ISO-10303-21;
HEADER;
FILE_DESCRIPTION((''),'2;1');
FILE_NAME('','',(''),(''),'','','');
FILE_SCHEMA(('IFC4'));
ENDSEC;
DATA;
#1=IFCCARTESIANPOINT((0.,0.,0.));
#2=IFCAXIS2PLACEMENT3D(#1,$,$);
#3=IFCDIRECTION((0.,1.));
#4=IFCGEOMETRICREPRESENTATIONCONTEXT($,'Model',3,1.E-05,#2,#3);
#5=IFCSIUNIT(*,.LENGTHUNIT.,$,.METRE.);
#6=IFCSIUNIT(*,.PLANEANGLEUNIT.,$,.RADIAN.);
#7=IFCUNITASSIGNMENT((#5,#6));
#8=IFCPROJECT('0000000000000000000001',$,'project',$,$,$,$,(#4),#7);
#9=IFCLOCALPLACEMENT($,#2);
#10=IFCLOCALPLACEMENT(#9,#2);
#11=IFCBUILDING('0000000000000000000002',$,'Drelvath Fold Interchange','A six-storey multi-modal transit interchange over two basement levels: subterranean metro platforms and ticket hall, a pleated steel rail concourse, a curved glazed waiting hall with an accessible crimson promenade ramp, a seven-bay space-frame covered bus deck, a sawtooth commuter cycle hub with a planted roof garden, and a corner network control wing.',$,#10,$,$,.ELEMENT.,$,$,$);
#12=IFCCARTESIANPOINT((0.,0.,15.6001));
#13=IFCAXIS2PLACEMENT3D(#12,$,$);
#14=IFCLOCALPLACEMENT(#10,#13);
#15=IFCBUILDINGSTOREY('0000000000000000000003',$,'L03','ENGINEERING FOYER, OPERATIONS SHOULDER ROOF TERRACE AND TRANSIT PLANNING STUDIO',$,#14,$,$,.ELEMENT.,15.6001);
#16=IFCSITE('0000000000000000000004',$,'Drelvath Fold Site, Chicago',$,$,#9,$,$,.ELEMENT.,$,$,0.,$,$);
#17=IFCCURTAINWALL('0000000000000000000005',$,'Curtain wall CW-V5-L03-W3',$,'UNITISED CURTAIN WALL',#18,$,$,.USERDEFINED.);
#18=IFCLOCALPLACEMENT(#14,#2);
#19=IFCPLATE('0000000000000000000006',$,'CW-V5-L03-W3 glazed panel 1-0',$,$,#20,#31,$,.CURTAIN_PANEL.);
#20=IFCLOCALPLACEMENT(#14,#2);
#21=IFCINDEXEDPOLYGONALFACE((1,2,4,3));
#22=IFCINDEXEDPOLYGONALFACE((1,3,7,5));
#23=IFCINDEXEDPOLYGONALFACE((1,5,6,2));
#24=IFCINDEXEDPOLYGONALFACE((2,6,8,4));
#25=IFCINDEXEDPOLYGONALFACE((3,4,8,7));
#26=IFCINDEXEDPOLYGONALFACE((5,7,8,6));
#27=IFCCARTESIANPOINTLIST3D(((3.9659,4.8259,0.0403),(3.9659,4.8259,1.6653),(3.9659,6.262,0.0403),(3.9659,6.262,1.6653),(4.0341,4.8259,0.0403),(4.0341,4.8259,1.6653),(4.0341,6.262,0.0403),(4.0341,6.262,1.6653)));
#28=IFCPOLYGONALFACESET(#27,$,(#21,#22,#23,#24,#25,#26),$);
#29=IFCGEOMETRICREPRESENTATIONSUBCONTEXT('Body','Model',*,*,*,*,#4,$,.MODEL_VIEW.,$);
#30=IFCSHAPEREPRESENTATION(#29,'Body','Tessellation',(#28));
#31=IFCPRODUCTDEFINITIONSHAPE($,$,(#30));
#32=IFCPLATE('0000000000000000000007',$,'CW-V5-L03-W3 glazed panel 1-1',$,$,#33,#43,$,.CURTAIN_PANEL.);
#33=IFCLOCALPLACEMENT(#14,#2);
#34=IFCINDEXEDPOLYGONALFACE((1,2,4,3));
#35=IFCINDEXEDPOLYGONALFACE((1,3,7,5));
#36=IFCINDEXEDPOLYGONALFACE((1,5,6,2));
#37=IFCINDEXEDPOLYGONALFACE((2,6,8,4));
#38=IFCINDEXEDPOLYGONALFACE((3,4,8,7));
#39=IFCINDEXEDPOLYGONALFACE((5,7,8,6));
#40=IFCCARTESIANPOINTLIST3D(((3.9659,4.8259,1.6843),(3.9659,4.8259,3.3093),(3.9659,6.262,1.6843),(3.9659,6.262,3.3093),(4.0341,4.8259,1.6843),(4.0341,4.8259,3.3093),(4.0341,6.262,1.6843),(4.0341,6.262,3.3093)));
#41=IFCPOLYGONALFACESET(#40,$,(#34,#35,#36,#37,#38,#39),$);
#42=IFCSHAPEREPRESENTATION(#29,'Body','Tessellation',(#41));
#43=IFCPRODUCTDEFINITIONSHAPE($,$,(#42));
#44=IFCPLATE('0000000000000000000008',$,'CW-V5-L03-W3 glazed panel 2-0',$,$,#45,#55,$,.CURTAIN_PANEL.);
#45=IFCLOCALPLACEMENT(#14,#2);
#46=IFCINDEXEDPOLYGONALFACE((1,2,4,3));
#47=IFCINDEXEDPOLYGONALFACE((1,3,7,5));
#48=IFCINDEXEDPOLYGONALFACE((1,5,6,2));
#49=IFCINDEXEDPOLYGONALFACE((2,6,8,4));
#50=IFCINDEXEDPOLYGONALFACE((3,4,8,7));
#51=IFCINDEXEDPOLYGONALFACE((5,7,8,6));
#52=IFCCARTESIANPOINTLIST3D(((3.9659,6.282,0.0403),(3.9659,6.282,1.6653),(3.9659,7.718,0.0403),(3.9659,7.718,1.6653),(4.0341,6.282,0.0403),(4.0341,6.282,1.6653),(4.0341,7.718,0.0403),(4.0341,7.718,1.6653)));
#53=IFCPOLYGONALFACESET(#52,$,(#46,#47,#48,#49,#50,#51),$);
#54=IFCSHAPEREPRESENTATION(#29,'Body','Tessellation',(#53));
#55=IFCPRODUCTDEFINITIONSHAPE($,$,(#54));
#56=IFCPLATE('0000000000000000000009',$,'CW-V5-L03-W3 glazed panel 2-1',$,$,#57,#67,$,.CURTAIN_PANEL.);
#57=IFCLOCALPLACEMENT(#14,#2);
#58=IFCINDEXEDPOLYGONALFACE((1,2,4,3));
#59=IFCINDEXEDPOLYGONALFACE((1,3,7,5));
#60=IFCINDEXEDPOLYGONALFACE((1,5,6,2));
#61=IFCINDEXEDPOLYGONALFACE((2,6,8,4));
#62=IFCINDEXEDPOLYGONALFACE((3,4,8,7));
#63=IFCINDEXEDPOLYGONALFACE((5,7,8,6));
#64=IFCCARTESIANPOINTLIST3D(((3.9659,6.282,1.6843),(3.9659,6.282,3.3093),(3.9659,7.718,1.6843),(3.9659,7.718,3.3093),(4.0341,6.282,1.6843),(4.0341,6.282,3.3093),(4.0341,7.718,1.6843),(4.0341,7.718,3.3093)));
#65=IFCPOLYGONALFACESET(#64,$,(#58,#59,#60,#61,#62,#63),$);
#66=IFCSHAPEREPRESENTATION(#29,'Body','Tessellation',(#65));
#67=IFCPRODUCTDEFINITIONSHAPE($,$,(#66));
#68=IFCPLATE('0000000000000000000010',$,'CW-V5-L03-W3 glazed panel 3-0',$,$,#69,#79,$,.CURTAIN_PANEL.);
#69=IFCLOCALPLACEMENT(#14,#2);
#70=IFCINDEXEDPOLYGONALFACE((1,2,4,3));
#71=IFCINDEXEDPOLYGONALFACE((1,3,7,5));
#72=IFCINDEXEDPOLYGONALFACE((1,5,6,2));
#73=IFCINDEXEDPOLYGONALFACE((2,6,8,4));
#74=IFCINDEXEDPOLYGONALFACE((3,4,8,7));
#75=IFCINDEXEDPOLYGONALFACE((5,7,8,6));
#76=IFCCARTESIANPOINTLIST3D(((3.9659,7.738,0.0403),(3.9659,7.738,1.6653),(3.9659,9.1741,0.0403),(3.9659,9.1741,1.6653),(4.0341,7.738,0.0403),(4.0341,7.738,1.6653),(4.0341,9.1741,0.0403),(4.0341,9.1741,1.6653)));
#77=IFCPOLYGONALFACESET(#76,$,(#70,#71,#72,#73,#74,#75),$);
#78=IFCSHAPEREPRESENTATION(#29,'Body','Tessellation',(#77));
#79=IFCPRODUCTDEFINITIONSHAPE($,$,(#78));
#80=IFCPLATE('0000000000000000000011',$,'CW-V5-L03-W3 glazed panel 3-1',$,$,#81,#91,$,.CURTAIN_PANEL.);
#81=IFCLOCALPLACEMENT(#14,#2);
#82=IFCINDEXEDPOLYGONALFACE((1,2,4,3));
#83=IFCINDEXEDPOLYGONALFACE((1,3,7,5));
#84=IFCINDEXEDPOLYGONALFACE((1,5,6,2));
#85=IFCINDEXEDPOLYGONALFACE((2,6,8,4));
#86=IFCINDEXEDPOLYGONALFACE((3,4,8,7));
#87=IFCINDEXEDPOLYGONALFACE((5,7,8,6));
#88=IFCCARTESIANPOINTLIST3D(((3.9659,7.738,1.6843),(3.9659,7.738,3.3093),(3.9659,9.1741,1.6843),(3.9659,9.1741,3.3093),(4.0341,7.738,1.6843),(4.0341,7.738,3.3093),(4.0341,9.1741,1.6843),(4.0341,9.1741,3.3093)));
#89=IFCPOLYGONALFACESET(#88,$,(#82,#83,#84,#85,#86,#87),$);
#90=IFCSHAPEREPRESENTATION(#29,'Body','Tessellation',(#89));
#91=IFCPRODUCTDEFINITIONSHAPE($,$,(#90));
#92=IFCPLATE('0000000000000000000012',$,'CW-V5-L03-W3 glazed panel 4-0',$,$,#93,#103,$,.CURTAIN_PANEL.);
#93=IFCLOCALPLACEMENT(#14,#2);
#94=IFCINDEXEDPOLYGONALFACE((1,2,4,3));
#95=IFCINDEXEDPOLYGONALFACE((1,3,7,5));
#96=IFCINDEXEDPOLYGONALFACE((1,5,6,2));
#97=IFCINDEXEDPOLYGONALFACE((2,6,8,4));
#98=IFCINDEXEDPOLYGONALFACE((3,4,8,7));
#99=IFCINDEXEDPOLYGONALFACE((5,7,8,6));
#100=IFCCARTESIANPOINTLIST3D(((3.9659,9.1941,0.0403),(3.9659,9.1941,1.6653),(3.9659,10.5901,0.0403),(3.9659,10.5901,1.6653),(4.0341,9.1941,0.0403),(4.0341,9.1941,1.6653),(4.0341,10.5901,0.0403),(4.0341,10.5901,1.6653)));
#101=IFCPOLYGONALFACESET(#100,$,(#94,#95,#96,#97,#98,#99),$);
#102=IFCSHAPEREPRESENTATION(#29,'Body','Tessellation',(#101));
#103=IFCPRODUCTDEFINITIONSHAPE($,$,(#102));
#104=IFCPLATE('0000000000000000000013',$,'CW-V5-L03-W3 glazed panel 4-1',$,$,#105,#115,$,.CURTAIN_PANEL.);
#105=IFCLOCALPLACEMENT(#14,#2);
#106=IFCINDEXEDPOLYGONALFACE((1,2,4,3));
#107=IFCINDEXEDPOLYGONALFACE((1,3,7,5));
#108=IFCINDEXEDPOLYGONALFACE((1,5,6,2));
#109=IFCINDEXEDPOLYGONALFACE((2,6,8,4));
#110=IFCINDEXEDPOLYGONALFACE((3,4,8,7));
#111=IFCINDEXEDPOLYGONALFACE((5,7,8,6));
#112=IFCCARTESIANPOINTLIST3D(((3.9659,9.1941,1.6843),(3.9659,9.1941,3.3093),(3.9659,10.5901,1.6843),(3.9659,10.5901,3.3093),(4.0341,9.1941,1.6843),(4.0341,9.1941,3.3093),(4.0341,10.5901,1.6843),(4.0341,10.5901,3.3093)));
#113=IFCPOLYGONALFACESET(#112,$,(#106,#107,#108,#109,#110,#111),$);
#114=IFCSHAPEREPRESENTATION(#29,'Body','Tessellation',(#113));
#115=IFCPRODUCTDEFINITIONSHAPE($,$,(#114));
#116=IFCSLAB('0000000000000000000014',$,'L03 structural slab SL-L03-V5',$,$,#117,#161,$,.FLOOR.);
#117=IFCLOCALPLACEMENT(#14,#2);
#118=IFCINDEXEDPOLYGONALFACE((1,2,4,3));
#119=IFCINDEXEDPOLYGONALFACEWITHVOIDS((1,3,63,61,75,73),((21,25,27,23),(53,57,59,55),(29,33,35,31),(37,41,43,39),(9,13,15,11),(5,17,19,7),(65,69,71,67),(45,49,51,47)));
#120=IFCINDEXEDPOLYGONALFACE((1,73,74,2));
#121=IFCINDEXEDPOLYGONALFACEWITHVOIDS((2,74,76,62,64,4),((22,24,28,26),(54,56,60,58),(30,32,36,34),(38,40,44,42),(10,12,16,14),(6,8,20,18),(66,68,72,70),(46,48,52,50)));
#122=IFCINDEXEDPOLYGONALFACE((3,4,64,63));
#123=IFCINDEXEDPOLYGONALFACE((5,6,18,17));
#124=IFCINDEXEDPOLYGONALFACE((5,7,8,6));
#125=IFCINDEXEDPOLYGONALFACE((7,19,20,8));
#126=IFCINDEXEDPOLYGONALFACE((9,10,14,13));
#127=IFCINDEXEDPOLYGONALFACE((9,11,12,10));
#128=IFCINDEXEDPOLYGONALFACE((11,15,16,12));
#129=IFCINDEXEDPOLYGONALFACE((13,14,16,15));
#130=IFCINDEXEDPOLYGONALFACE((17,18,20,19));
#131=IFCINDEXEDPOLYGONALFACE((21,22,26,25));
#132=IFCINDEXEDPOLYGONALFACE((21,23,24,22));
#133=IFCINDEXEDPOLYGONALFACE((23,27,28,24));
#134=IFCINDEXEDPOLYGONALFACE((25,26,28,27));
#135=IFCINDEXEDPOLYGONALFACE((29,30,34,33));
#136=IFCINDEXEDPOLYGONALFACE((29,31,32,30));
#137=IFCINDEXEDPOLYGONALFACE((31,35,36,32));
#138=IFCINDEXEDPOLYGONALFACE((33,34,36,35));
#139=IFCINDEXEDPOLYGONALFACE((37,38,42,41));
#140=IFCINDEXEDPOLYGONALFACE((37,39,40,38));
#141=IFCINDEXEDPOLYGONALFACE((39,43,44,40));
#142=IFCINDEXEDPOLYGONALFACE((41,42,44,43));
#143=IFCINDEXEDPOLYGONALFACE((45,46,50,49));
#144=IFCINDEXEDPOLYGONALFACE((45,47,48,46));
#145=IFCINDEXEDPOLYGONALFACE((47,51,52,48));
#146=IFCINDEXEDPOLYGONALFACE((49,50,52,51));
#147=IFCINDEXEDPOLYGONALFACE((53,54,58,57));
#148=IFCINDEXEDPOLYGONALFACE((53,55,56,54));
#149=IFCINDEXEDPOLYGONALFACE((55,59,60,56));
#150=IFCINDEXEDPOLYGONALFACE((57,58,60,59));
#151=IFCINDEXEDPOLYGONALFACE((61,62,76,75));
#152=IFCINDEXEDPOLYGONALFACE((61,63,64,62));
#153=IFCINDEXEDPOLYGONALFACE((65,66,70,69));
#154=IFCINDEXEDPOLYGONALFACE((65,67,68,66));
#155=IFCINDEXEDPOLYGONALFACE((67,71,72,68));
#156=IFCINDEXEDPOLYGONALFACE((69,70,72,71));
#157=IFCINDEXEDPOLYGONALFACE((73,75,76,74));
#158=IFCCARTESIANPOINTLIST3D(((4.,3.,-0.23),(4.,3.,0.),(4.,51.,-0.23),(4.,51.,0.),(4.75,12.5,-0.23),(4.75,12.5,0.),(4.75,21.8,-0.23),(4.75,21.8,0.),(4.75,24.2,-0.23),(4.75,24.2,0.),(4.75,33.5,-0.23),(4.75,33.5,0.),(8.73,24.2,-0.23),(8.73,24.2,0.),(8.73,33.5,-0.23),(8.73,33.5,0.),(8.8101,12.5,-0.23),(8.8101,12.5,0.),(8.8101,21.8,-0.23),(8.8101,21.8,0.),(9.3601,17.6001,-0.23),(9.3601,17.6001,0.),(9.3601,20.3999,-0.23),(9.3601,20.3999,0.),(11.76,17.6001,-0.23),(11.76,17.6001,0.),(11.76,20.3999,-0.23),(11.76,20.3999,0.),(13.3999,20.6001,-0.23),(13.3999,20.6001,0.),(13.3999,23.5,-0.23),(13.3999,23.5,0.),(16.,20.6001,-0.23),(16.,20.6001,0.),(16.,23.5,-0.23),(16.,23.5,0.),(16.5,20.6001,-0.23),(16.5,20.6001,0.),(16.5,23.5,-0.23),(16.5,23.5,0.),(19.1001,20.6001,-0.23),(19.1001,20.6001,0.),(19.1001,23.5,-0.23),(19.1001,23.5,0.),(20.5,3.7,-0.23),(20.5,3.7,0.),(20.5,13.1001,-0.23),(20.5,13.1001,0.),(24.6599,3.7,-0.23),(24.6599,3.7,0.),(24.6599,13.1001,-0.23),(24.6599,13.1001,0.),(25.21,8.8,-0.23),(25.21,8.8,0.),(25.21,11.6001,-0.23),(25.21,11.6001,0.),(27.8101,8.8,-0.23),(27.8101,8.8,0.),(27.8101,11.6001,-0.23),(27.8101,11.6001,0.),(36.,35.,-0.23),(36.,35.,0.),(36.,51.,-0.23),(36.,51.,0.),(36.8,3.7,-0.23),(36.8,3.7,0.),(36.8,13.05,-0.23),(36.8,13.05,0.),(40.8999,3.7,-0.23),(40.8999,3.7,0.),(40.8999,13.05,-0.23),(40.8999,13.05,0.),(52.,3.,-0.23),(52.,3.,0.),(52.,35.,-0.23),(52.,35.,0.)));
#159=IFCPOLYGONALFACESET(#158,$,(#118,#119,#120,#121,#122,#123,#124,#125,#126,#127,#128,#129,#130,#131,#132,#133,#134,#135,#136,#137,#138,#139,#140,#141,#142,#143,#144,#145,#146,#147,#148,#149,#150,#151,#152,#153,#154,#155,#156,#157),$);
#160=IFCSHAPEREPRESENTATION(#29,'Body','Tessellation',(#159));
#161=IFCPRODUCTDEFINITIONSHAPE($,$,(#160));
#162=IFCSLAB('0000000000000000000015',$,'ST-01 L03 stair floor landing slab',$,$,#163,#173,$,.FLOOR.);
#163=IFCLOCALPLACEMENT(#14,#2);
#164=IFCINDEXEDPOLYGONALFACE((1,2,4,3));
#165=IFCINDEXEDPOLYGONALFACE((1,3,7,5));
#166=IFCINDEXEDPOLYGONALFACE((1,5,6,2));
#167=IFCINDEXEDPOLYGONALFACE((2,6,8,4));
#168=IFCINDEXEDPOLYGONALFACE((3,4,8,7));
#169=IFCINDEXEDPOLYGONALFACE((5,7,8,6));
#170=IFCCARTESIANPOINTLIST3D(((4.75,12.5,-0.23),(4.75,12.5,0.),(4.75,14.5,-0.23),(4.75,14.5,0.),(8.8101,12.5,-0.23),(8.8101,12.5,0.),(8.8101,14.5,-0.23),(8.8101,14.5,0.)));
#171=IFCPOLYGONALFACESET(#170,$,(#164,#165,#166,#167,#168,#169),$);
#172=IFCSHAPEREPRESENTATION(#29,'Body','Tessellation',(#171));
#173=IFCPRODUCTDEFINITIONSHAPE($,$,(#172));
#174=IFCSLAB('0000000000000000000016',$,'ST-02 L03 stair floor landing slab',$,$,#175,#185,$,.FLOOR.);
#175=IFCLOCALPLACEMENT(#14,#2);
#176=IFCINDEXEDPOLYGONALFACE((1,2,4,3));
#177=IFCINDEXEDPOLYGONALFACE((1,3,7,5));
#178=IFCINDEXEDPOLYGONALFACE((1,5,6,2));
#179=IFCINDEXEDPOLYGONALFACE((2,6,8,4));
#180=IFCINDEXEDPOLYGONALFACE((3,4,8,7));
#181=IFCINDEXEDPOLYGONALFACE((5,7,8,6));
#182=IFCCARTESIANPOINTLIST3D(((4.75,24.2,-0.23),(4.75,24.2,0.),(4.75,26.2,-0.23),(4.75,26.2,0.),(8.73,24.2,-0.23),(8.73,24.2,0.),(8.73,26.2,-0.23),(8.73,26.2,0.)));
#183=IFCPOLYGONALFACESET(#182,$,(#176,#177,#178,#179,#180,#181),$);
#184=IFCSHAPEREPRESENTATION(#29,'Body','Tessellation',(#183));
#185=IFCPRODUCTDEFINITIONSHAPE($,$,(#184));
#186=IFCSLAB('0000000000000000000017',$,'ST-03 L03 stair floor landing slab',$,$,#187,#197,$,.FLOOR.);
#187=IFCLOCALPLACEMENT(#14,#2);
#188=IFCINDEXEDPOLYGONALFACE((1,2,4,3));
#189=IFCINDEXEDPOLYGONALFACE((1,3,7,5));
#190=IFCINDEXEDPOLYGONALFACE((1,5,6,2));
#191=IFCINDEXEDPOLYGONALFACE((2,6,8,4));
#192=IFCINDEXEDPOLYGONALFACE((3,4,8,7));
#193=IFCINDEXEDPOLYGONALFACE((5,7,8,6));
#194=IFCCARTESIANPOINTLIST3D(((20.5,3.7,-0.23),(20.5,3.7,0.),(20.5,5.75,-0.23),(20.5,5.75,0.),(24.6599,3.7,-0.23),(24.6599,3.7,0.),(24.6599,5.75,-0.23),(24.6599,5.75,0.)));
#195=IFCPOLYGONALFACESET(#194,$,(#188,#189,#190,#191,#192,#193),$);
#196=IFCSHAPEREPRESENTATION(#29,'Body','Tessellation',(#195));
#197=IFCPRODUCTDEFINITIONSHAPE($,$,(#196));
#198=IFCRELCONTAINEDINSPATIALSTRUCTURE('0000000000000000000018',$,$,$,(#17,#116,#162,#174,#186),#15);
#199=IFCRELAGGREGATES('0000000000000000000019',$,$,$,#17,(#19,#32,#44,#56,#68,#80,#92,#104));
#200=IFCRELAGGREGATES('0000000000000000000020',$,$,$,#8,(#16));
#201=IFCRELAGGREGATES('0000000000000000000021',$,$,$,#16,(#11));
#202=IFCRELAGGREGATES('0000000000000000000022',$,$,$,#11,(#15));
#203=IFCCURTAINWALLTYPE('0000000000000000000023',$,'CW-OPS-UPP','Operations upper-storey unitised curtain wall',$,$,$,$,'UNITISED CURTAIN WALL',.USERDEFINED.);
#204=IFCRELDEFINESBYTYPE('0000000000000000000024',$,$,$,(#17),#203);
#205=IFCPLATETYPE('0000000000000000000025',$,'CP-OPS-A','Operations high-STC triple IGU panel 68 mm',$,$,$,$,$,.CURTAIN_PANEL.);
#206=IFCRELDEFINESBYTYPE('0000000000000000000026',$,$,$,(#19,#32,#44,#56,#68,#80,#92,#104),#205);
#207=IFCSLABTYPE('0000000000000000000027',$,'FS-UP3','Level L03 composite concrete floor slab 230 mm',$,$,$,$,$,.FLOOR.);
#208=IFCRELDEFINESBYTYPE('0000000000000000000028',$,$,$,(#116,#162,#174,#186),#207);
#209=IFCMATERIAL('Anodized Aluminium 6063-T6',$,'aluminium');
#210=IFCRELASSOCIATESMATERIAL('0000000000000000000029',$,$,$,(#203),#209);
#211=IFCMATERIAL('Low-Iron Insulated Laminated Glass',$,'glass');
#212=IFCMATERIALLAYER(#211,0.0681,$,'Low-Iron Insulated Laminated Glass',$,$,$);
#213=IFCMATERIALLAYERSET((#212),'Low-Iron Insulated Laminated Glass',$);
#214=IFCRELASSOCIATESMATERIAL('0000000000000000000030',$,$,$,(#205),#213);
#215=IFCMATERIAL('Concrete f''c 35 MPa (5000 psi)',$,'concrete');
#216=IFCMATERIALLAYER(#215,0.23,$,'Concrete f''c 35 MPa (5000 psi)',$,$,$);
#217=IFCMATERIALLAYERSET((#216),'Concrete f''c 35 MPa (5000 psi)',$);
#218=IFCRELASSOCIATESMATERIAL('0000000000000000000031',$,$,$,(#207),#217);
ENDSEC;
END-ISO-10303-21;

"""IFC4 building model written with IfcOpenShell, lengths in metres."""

from ifc_helpers import new_model, si_unit, direction, frame, origin, origin_2d, place, context, subcontext, project, spatial, polyline, rectangle, outline, extrude, material, layer, layer_set, type_object, element, aggregate, save


model = new_model("IFC4")

# Units and contexts
model_context = context("Model", 3, precision=1e-05, world=origin(), true_north=direction((0.0, 1.0)))
body_context = subcontext(model_context, "Body", "Model", "MODEL_VIEW")
ifc_project = project(units=[si_unit("LENGTHUNIT", "METRE"), si_unit("PLANEANGLEUNIT", "RADIAN")], contexts=[model_context])

# Site, building, storey
site_placement = place(None, origin())
site = spatial("IfcSite", under=ifc_project, at=site_placement, Name="Drelvath Fold Site, Chicago", CompositionType="ELEMENT", RefElevation=0.0)
building_placement = place(site_placement, origin())
building = spatial("IfcBuilding", under=site, at=building_placement, Name="Drelvath Fold Interchange", Description="A six-storey multi-modal transit interchange over two basement levels: subterranean metro platforms and ticket hall, a pleated steel rail concourse, a curved glazed waiting hall with an accessible crimson promenade ramp, a seven-bay space-frame covered bus deck, a sawtooth commuter cycle hub with a planted roof garden, and a corner network control wing.", CompositionType="ELEMENT")
storey_placement = place(building_placement, frame((0.0, 0.0, 15.6001)))
storey = spatial("IfcBuildingStorey", under=building, at=storey_placement, Name="L03", Description="ENGINEERING FOYER, OPERATIONS SHOULDER ROOF TERRACE AND TRANSIT PLANNING STUDIO", CompositionType="ELEMENT", Elevation=15.6001)

# Curtain wall, plates
ifc_material_1 = material(Name="Anodized Aluminium 6063-T6", Category="aluminium")
curtain_wall_type = type_object("IfcCurtainWallType", Name="CW-OPS-UPP", Description="Operations upper-storey unitised curtain wall", ElementType="UNITISED CURTAIN WALL", PredefinedType="USERDEFINED", material=ifc_material_1)
curtain_wall_placement = place(storey_placement, origin())
curtain_wall = element("IfcCurtainWall", 1, at=curtain_wall_placement, inside=storey, type_object=curtain_wall_type, Name="Curtain wall CW-V5-L03-W3", ObjectType="UNITISED CURTAIN WALL", PredefinedType="USERDEFINED")
ifc_material_2 = material(Name="Low-Iron Insulated Laminated Glass", Category="glass")
ifc_layer_1 = layer(ifc_material_2, 0.0681, Name="Low-Iron Insulated Laminated Glass")
ifc_layer_set_1 = layer_set([ifc_layer_1], Name="Low-Iron Insulated Laminated Glass")
plate_type = type_object("IfcPlateType", Name="CP-OPS-A", Description="Operations high-STC triple IGU panel 68 mm", PredefinedType="CURTAIN_PANEL", material=ifc_layer_set_1)
plate_1_placement = place(storey_placement, frame((4.0, 5.5439, 0.0403), z_axis=(0.0, 0.0, 1.0), x_axis=(0.0, 1.0, 0.0)))
plate_1 = element("IfcPlate", 2, at=plate_1_placement, type_object=plate_type, Name="CW-V5-L03-W3 glazed panel 1-0", PredefinedType="CURTAIN_PANEL", context=body_context, shape_type="SweptSolid", body=[
    extrude(rectangle(XDim=1.436, YDim=0.0681, at=origin_2d()), origin(), (0.0, 0.0, 1.0), 1.625),
])
plate_2_placement = place(storey_placement, frame((4.0, 5.5439, 1.6843), z_axis=(0.0, 0.0, 1.0), x_axis=(0.0, 1.0, 0.0)))
plate_2 = element("IfcPlate", 3, at=plate_2_placement, type_object=plate_type, Name="CW-V5-L03-W3 glazed panel 1-1", PredefinedType="CURTAIN_PANEL", context=body_context, shape_type="SweptSolid", body=[
    extrude(rectangle(XDim=1.436, YDim=0.0681, at=origin_2d()), origin(), (0.0, 0.0, 1.0), 1.625),
])
plate_3_placement = place(storey_placement, frame((4.0, 7.0, 0.0403), z_axis=(0.0, 0.0, 1.0), x_axis=(0.0, 1.0, 0.0)))
plate_3 = element("IfcPlate", 4, at=plate_3_placement, type_object=plate_type, Name="CW-V5-L03-W3 glazed panel 2-0", PredefinedType="CURTAIN_PANEL", context=body_context, shape_type="SweptSolid", body=[
    extrude(rectangle(XDim=1.436, YDim=0.0681, at=origin_2d()), origin(), (0.0, 0.0, 1.0), 1.625),
])
plate_4_placement = place(storey_placement, frame((4.0, 7.0, 1.6843), z_axis=(0.0, 0.0, 1.0), x_axis=(0.0, 1.0, 0.0)))
plate_4 = element("IfcPlate", 5, at=plate_4_placement, type_object=plate_type, Name="CW-V5-L03-W3 glazed panel 2-1", PredefinedType="CURTAIN_PANEL", context=body_context, shape_type="SweptSolid", body=[
    extrude(rectangle(XDim=1.436, YDim=0.0681, at=origin_2d()), origin(), (0.0, 0.0, 1.0), 1.625),
])
plate_5_placement = place(storey_placement, frame((4.0, 8.4561, 0.0403), z_axis=(0.0, 0.0, 1.0), x_axis=(0.0, 1.0, 0.0)))
plate_5 = element("IfcPlate", 6, at=plate_5_placement, type_object=plate_type, Name="CW-V5-L03-W3 glazed panel 3-0", PredefinedType="CURTAIN_PANEL", context=body_context, shape_type="SweptSolid", body=[
    extrude(rectangle(XDim=1.436, YDim=0.0681, at=origin_2d()), origin(), (0.0, 0.0, 1.0), 1.625),
])
plate_6_placement = place(storey_placement, frame((4.0, 8.4561, 1.6843), z_axis=(0.0, 0.0, 1.0), x_axis=(0.0, 1.0, 0.0)))
plate_6 = element("IfcPlate", 7, at=plate_6_placement, type_object=plate_type, Name="CW-V5-L03-W3 glazed panel 3-1", PredefinedType="CURTAIN_PANEL", context=body_context, shape_type="SweptSolid", body=[
    extrude(rectangle(XDim=1.436, YDim=0.0681, at=origin_2d()), origin(), (0.0, 0.0, 1.0), 1.625),
])
plate_7_placement = place(storey_placement, frame((4.0, 9.8921, 0.0403), z_axis=(0.0, 0.0, 1.0), x_axis=(0.0, 1.0, 0.0)))
plate_7 = element("IfcPlate", 8, at=plate_7_placement, type_object=plate_type, Name="CW-V5-L03-W3 glazed panel 4-0", PredefinedType="CURTAIN_PANEL", context=body_context, shape_type="SweptSolid", body=[
    extrude(rectangle(XDim=1.396, YDim=0.0681, at=origin_2d()), origin(), (0.0, 0.0, 1.0), 1.625),
])
plate_8_placement = place(storey_placement, frame((4.0, 9.8921, 1.6843), z_axis=(0.0, 0.0, 1.0), x_axis=(0.0, 1.0, 0.0)))
plate_8 = element("IfcPlate", 9, at=plate_8_placement, type_object=plate_type, Name="CW-V5-L03-W3 glazed panel 4-1", PredefinedType="CURTAIN_PANEL", context=body_context, shape_type="SweptSolid", body=[
    extrude(rectangle(XDim=1.396, YDim=0.0681, at=origin_2d()), origin(), (0.0, 0.0, 1.0), 1.625),
])
aggregate(curtain_wall, [plate_1, plate_2, plate_3, plate_4, plate_5, plate_6, plate_7, plate_8])

# Slabs
ifc_material_3 = material(Name="Concrete f'c 35 MPa (5000 psi)", Category="concrete")
ifc_layer_2 = layer(ifc_material_3, 0.23, Name="Concrete f'c 35 MPa (5000 psi)")
ifc_layer_set_2 = layer_set([ifc_layer_2], Name="Concrete f'c 35 MPa (5000 psi)")
slab_type_1 = type_object("IfcSlabType", Name="FS-UP3", Description="Level L03 composite concrete floor slab 230 mm", PredefinedType="FLOOR", material=ifc_layer_set_2)
slab_1_placement = place(storey_placement, frame((0.0, 0.0, -0.23)))
element("IfcSlab", 10, at=slab_1_placement, inside=storey, type_object=slab_type_1, Name="L03 structural slab SL-L03-V5", PredefinedType="FLOOR", context=body_context, shape_type="SweptSolid", body=[
    extrude(outline(polyline([(4.0, 3.0), (52.0, 3.0), (52.0, 35.0), (36.0, 35.0), (36.0, 51.0), (4.0, 51.0), (4.0, 3.0)]), holes=[polyline([(4.75, 12.5), (4.75, 21.8), (8.8101, 21.8), (8.8101, 12.5), (4.75, 12.5)]), polyline([(4.75, 24.2), (4.75, 33.5), (8.73, 33.5), (8.73, 24.2), (4.75, 24.2)]), polyline([(20.5, 3.7), (20.5, 13.1001), (24.6599, 13.1001), (24.6599, 3.7), (20.5, 3.7)]), polyline([(36.8, 3.7), (36.8, 13.05), (40.8999, 13.05), (40.8999, 3.7), (36.8, 3.7)]), polyline([(9.3601, 17.6001), (9.3601, 20.3999), (11.76, 20.3999), (11.76, 17.6001), (9.3601, 17.6001)]), polyline([(25.21, 8.8), (25.21, 11.6001), (27.8101, 11.6001), (27.8101, 8.8), (25.21, 8.8)]), polyline([(13.3999, 20.6001), (13.3999, 23.5), (16.0, 23.5), (16.0, 20.6001), (13.3999, 20.6001)]), polyline([(16.5, 20.6001), (16.5, 23.5), (19.1001, 23.5), (19.1001, 20.6001), (16.5, 20.6001)])]), origin(), (0.0, 0.0, 1.0), 0.23),
])
slab_2_placement = place(storey_placement, frame((0.0, 0.0, -0.23)))
element("IfcSlab", 11, at=slab_2_placement, inside=storey, type_object=slab_type_1, Name="ST-01 L03 stair floor landing slab", PredefinedType="FLOOR", context=body_context, shape_type="SweptSolid", body=[
    extrude(outline(polyline([(4.75, 12.5), (8.8101, 12.5), (8.8101, 14.5), (4.75, 14.5), (4.75, 12.5)])), origin(), (0.0, 0.0, 1.0), 0.23),
])
slab_3_placement = place(storey_placement, frame((0.0, 0.0, -0.23)))
element("IfcSlab", 12, at=slab_3_placement, inside=storey, type_object=slab_type_1, Name="ST-02 L03 stair floor landing slab", PredefinedType="FLOOR", context=body_context, shape_type="SweptSolid", body=[
    extrude(outline(polyline([(4.75, 24.2), (8.73, 24.2), (8.73, 26.2), (4.75, 26.2), (4.75, 24.2)])), origin(), (0.0, 0.0, 1.0), 0.23),
])
slab_4_placement = place(storey_placement, frame((0.0, 0.0, -0.23)))
element("IfcSlab", 13, at=slab_4_placement, inside=storey, type_object=slab_type_1, Name="ST-03 L03 stair floor landing slab", PredefinedType="FLOOR", context=body_context, shape_type="SweptSolid", body=[
    extrude(outline(polyline([(20.5, 3.7), (24.6599, 3.7), (24.6599, 5.75), (20.5, 5.75), (20.5, 3.7)])), origin(), (0.0, 0.0, 1.0), 0.23),
])

save(model, "model.ifc")
